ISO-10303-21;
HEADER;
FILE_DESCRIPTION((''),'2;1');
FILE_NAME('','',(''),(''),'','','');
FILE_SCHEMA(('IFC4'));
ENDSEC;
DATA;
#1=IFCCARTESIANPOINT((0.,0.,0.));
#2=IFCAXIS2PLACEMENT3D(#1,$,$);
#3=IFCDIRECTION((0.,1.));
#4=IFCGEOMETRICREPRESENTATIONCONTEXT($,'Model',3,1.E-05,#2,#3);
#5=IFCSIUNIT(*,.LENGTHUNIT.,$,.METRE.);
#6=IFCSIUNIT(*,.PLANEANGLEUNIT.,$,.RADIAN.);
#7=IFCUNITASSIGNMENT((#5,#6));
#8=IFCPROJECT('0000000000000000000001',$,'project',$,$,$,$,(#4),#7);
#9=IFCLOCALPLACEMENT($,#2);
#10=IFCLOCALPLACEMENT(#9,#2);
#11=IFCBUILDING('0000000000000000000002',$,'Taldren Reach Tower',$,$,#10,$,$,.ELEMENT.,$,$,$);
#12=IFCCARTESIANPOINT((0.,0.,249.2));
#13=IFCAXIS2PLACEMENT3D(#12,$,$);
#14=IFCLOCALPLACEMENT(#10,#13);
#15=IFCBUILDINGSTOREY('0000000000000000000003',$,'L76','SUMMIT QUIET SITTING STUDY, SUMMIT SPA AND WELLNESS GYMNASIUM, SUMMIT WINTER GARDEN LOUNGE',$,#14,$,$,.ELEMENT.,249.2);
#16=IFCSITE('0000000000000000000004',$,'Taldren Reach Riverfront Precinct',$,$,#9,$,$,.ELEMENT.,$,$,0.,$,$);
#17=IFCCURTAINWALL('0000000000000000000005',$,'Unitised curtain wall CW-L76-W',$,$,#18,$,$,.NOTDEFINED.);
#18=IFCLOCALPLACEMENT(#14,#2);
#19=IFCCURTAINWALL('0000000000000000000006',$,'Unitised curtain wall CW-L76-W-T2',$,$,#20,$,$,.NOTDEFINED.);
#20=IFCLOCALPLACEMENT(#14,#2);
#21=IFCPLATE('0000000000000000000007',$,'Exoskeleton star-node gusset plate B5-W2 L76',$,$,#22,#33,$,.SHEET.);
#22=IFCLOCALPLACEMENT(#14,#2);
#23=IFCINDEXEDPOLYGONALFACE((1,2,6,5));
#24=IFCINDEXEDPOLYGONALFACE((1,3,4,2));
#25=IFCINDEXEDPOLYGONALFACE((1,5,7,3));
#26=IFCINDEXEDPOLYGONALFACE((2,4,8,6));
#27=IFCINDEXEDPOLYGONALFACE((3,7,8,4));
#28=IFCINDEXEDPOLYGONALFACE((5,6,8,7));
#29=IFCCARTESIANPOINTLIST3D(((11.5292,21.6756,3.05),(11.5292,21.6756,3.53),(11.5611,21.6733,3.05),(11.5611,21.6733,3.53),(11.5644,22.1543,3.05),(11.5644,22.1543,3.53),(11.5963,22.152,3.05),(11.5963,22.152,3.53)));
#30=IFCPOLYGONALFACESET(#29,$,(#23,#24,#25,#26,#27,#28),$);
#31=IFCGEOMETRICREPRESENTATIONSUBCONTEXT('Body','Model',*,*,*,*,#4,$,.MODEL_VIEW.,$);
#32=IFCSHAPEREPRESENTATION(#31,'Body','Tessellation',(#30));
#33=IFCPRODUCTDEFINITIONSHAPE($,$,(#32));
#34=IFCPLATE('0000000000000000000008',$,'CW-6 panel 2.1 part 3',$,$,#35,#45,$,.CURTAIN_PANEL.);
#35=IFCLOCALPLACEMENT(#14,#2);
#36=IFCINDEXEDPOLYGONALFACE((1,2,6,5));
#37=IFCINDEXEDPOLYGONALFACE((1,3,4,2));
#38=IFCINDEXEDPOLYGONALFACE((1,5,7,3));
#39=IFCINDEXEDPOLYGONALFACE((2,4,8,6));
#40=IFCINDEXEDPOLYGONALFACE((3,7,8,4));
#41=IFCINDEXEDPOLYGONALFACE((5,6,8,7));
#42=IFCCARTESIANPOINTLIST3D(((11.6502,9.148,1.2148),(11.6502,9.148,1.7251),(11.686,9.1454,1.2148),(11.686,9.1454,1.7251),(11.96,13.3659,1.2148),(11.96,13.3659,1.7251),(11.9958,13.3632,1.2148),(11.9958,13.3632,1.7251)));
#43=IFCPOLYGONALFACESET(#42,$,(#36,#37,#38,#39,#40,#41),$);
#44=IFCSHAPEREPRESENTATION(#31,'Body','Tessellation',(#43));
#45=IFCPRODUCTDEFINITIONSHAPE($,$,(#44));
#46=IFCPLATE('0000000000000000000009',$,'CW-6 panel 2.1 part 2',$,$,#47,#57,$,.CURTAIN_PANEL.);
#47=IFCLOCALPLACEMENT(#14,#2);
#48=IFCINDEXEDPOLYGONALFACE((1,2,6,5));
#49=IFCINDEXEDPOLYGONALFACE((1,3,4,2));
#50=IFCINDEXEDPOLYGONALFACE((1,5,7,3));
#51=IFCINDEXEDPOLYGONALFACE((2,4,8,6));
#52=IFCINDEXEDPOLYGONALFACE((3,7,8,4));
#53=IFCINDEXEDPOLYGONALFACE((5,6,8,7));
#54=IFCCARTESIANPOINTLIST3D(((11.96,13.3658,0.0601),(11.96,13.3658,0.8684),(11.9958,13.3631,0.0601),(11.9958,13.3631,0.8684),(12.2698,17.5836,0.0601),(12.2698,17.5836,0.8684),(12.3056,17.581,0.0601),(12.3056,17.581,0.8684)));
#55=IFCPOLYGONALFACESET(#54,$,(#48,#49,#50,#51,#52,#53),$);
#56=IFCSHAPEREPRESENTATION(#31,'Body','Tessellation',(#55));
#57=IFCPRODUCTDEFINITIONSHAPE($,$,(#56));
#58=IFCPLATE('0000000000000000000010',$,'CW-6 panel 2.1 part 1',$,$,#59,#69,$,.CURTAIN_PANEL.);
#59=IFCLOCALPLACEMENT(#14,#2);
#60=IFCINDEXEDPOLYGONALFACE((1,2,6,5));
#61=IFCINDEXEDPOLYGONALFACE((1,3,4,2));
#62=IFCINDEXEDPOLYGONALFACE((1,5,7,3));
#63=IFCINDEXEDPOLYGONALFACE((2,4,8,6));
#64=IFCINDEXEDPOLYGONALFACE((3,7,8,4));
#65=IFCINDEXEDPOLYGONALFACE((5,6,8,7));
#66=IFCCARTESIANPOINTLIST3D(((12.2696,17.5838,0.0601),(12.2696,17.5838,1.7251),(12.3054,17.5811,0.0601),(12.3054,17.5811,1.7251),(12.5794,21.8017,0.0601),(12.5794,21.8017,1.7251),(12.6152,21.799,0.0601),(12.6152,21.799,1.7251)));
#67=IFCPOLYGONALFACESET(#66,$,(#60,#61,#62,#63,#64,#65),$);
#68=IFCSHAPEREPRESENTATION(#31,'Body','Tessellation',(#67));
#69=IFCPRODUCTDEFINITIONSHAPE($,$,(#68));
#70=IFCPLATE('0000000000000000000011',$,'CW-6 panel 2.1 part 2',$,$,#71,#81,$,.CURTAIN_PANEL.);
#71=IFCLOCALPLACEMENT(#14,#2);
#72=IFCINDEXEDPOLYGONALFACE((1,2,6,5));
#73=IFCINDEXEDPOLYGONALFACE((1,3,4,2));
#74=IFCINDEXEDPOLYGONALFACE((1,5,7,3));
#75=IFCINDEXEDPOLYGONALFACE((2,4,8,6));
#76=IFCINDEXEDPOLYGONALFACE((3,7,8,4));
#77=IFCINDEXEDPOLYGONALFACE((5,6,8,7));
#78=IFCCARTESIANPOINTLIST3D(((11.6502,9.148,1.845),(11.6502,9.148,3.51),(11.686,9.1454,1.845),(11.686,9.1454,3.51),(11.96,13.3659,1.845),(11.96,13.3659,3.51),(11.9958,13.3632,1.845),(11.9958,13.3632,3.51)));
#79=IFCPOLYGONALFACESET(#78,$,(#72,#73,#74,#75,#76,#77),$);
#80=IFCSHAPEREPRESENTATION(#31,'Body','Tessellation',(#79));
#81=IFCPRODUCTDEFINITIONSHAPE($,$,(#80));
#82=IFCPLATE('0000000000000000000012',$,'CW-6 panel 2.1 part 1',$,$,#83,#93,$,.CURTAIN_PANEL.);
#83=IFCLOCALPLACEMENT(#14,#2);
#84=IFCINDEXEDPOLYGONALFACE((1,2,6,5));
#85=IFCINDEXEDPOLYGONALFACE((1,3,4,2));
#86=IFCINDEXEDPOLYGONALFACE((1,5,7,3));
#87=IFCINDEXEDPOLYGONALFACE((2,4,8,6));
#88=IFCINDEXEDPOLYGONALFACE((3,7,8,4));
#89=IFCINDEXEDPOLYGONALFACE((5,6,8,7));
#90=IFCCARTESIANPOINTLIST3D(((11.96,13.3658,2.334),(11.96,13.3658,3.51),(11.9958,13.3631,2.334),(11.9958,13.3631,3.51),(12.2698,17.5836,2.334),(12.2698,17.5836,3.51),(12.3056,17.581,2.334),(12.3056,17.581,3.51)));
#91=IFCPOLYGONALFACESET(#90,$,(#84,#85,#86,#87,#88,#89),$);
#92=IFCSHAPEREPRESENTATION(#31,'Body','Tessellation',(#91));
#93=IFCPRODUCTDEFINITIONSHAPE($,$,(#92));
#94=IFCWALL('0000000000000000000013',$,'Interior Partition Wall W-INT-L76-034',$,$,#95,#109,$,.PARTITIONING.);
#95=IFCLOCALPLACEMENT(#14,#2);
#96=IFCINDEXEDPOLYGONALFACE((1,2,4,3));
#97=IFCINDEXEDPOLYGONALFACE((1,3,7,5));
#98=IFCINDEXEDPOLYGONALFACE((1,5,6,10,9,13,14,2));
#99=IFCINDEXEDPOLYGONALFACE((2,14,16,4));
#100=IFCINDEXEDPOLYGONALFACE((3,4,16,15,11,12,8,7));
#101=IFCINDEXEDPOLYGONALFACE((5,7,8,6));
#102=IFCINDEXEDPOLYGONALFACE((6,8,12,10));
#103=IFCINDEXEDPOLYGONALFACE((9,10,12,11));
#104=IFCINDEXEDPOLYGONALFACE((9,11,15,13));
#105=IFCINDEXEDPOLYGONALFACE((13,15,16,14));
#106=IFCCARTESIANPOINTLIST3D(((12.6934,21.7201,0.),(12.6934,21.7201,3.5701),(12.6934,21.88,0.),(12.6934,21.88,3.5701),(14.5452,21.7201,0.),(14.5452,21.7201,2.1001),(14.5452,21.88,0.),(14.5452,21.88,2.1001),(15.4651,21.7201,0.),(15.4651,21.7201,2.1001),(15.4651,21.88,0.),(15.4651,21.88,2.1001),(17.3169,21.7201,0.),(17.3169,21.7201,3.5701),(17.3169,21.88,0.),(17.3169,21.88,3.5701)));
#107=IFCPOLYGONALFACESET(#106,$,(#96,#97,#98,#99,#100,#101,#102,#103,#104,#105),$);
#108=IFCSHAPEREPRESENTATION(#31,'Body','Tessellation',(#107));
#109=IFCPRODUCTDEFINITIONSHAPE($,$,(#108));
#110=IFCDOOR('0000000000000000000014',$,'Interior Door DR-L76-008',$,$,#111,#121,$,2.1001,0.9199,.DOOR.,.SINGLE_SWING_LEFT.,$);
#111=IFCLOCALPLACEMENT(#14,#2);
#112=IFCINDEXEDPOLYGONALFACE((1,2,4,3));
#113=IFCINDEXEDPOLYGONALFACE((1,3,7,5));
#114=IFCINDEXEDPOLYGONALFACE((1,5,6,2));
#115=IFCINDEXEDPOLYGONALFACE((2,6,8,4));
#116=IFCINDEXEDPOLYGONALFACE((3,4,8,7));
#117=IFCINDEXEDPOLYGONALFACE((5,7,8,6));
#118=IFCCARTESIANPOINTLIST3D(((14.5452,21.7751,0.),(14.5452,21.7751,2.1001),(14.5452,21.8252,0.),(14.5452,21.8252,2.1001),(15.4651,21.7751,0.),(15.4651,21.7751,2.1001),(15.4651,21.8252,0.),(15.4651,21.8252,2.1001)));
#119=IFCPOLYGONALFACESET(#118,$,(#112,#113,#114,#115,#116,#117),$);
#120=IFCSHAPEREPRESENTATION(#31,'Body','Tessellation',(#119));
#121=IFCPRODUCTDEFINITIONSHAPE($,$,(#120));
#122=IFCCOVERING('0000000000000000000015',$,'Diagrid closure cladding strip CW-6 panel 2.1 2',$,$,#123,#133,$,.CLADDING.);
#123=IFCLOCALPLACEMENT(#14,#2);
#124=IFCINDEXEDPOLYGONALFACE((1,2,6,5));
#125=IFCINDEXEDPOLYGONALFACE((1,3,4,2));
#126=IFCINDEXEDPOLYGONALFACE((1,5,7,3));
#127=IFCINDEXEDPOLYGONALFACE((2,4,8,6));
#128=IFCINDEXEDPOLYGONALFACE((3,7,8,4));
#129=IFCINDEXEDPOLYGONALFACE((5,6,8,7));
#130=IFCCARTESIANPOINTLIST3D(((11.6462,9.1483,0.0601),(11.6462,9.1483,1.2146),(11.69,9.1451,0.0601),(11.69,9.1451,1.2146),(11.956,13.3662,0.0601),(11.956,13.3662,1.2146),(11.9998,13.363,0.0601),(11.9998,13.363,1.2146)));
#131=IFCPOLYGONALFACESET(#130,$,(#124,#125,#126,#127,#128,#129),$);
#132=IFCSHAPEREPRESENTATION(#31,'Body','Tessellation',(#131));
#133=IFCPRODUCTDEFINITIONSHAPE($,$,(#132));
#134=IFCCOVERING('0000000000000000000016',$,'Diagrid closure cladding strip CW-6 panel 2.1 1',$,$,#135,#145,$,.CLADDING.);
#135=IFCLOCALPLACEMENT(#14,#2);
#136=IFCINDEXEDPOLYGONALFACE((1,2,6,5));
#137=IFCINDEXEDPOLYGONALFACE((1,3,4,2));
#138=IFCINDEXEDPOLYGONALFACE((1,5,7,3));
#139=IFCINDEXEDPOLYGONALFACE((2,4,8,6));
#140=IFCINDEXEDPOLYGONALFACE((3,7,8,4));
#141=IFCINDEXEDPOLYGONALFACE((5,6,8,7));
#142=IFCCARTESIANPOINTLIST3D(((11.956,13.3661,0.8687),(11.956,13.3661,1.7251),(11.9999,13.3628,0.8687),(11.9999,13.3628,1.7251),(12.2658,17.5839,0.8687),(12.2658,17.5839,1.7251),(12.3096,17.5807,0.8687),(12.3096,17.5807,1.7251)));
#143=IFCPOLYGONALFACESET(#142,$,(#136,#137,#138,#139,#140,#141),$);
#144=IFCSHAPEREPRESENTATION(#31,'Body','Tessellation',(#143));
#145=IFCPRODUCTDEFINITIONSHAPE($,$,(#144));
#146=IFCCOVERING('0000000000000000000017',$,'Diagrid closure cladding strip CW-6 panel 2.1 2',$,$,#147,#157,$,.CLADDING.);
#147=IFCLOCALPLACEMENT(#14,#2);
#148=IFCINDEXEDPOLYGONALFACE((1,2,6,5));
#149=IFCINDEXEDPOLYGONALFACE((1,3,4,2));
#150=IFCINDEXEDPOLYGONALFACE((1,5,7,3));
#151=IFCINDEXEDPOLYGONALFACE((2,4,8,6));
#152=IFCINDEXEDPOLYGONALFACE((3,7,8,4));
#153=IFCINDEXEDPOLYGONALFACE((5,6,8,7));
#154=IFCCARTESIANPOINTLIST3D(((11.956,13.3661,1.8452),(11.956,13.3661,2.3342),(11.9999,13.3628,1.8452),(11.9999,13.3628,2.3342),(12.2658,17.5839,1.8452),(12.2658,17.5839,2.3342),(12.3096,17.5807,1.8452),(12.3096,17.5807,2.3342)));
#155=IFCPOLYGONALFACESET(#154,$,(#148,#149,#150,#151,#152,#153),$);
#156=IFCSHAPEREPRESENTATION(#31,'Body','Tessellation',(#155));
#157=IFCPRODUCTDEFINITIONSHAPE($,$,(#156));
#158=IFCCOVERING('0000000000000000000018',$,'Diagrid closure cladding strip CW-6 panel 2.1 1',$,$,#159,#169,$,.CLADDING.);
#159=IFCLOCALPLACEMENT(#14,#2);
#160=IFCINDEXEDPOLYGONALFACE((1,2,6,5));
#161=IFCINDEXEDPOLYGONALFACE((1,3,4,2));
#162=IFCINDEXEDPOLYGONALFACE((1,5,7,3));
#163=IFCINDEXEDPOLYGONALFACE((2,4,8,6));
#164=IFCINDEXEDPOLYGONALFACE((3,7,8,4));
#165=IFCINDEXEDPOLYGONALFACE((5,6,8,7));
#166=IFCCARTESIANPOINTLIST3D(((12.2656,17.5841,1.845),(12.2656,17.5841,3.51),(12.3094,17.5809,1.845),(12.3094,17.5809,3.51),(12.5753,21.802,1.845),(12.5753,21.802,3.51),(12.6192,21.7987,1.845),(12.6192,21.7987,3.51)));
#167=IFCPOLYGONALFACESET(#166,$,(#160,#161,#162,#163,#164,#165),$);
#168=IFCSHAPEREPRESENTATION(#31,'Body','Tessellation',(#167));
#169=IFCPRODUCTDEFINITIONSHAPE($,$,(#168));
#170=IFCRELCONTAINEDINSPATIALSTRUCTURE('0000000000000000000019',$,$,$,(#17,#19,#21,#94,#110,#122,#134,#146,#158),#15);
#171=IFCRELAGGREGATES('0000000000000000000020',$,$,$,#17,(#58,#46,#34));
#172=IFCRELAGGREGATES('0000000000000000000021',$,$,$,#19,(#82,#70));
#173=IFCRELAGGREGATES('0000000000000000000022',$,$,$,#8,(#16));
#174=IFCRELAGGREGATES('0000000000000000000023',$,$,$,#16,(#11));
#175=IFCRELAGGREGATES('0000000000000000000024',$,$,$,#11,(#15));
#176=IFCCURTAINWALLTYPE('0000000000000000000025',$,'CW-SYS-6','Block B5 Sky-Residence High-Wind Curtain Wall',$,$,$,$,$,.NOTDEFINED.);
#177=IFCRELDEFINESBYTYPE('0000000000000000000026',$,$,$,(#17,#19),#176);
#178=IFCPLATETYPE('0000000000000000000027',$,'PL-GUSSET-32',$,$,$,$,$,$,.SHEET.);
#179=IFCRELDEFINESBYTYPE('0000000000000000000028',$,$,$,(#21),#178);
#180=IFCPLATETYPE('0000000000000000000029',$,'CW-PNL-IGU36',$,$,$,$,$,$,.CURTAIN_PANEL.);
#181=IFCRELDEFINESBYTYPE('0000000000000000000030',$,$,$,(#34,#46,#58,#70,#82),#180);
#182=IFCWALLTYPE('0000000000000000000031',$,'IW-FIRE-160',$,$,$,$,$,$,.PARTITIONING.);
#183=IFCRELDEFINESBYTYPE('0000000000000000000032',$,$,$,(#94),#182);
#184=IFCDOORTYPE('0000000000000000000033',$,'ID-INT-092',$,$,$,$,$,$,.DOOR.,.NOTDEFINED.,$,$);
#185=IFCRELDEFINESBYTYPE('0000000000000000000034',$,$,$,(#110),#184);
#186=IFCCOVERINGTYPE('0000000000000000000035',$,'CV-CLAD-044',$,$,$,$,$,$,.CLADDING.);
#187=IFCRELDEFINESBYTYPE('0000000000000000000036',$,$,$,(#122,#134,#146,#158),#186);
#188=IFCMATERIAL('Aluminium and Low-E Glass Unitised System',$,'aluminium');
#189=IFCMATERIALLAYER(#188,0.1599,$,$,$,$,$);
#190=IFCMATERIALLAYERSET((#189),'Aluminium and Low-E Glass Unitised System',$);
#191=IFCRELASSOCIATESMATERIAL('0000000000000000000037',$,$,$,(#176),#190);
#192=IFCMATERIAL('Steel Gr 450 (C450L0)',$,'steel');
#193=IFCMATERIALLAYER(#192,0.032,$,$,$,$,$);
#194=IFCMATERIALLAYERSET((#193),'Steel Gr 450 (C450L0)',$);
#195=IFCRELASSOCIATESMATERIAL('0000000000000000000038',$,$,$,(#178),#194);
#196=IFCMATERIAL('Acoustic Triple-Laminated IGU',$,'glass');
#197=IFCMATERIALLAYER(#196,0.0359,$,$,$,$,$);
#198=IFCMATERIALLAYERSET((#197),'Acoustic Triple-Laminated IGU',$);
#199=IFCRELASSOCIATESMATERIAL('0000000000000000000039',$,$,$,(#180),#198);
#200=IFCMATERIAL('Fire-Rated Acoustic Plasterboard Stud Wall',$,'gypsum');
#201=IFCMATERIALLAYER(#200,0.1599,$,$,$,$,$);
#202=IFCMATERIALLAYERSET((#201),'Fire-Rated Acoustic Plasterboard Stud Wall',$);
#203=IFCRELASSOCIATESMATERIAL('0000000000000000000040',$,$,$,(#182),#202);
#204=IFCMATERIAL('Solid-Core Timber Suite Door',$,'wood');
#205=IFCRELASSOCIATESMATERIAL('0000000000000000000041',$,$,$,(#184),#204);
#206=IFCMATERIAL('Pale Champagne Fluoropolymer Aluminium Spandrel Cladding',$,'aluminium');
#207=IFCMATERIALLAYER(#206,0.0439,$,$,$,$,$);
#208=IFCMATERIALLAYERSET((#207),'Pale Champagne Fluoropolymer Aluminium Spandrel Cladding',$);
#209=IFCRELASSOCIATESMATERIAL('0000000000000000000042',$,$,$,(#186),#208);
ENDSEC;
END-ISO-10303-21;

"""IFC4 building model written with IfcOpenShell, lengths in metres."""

from ifc_helpers import new_model, si_unit, direction, frame, frame_2d, origin, origin_2d, place, context, subcontext, project, spatial, rectangle, extrude, source, transform, mapped, material, layer, layer_set, type_object, element, fill, aggregate, save


model = new_model("IFC4")

# Units and contexts
model_context = context("Model", 3, precision=1e-05, world=origin(), true_north=direction((0.0, 1.0)))
body_context = subcontext(model_context, "Body", "Model", "MODEL_VIEW")
ifc_project = project(units=[si_unit("LENGTHUNIT", "METRE"), si_unit("PLANEANGLEUNIT", "RADIAN")], contexts=[model_context])

# Site, building, storey
site_placement = place(None, origin())
site = spatial("IfcSite", under=ifc_project, at=site_placement, Name="Taldren Reach Riverfront Precinct", CompositionType="ELEMENT", RefElevation=0.0)
building_placement = place(site_placement, origin())
building = spatial("IfcBuilding", under=site, at=building_placement, Name="Taldren Reach Tower", CompositionType="ELEMENT")
storey_placement = place(building_placement, frame((0.0, 0.0, 249.2)))
storey = spatial("IfcBuildingStorey", under=building, at=storey_placement, Name="L76", Description="SUMMIT QUIET SITTING STUDY, SUMMIT SPA AND WELLNESS GYMNASIUM, SUMMIT WINTER GARDEN LOUNGE", CompositionType="ELEMENT", Elevation=249.2)

# Shared definitions
ifc_material_1 = material(Name="Steel Gr 450 (C450L0)", Category="steel")

# Curtain walls
ifc_material_2 = material(Name="Aluminium and Low-E Glass Unitised System", Category="aluminium")
ifc_layer_1 = layer(ifc_material_2, 0.1599)
ifc_layer_set_1 = layer_set([ifc_layer_1], Name="Aluminium and Low-E Glass Unitised System")
curtain_wall_type = type_object("IfcCurtainWallType", Name="CW-SYS-6", Description="Block B5 Sky-Residence High-Wind Curtain Wall", PredefinedType="NOTDEFINED", material=ifc_layer_set_1)
curtain_wall_1_placement = place(storey_placement, origin())
curtain_wall_1 = element("IfcCurtainWall", 1, at=curtain_wall_1_placement, inside=storey, type_object=curtain_wall_type, Name="Unitised curtain wall CW-L76-W", PredefinedType="NOTDEFINED")
curtain_wall_2_placement = place(storey_placement, origin())
curtain_wall_2 = element("IfcCurtainWall", 2, at=curtain_wall_2_placement, inside=storey, type_object=curtain_wall_type, Name="Unitised curtain wall CW-L76-W-T2", PredefinedType="NOTDEFINED")

# Plate
ifc_layer_2 = layer(ifc_material_1, 0.032)
ifc_layer_set_2 = layer_set([ifc_layer_2], Name="Steel Gr 450 (C450L0)")
plate_type_1 = type_object("IfcPlateType", Name="PL-GUSSET-32", PredefinedType="SHEET", material=ifc_layer_set_2)
shared_shape_1 = source(origin(), body_context, "Body", "SweptSolid", [
    extrude(rectangle(XDim=0.48, YDim=0.032, at=origin_2d()), origin(), (0.0, 0.0, 1.0), 0.48),
])
for number, where, z_axis, x_axis, name in (
    (3, (11.5627, 21.9138, 3.05), (0.0, 0.0, 1.0), (0.073238, 0.997314, 0.0), "Exoskeleton star-node gusset plate B5-W2 L76"),
):
    element("IfcPlate", number, at=place(storey_placement, frame(where, z_axis=z_axis, x_axis=x_axis)), inside=storey, type_object=plate_type_1, Name=name, PredefinedType="SHEET", context=body_context, shape_type="MappedRepresentation", body=[
        mapped(shared_shape_1, transform((0.0, 0.0, 0.0), scale=1.0)),
    ])

# Plates
ifc_material_3 = material(Name="Acoustic Triple-Laminated IGU", Category="glass")
ifc_layer_3 = layer(ifc_material_3, 0.0359)
ifc_layer_set_3 = layer_set([ifc_layer_3], Name="Acoustic Triple-Laminated IGU")
plate_type_2 = type_object("IfcPlateType", Name="CW-PNL-IGU36", PredefinedType="CURTAIN_PANEL", material=ifc_layer_set_3)
shared_shape_2 = source(origin(), body_context, "Body", "SweptSolid", [
    extrude(rectangle(XDim=4.2292, YDim=0.0359, at=origin_2d()), origin(), (0.0, 0.0, 1.0), 0.5103),
])
plate_1_placement = place(storey_placement, frame((11.823, 11.2556, 1.2148), z_axis=(0.0, 0.0, 1.0), x_axis=(-0.073238, -0.997314, 0.0)))
plate_1 = element("IfcPlate", 4, at=plate_1_placement, type_object=plate_type_2, Name="CW-6 panel 2.1 part 3", PredefinedType="CURTAIN_PANEL", context=body_context, shape_type="MappedRepresentation", body=[
    mapped(shared_shape_2, transform((0.0, 0.0, 0.0), scale=1.0)),
])
shared_shape_3 = source(origin(), body_context, "Body", "SweptSolid", [
    extrude(rectangle(XDim=4.2292, YDim=0.0359, at=origin_2d()), origin(), (0.0, 0.0, 1.0), 0.8083),
])
plate_2_placement = place(storey_placement, frame((12.1328, 15.4734, 0.0601), z_axis=(0.0, 0.0, 1.0), x_axis=(-0.073238, -0.997314, 0.0)))
plate_2 = element("IfcPlate", 5, at=plate_2_placement, type_object=plate_type_2, Name="CW-6 panel 2.1 part 2", PredefinedType="CURTAIN_PANEL", context=body_context, shape_type="MappedRepresentation", body=[
    mapped(shared_shape_3, transform((0.0, 0.0, 0.0), scale=1.0)),
])
shared_shape_4 = source(origin(), body_context, "Body", "SweptSolid", [
    extrude(rectangle(XDim=4.2292, YDim=0.0359, at=origin_2d()), origin(), (0.0, 0.0, 1.0), 1.665),
])
plate_3_placement = place(storey_placement, frame((12.4424, 19.6914, 0.0601), z_axis=(0.0, 0.0, 1.0), x_axis=(-0.073238, -0.997314, 0.0)))
plate_3 = element("IfcPlate", 6, at=plate_3_placement, type_object=plate_type_2, Name="CW-6 panel 2.1 part 1", PredefinedType="CURTAIN_PANEL", context=body_context, shape_type="MappedRepresentation", body=[
    mapped(shared_shape_4, transform((0.0, 0.0, 0.0), scale=1.0)),
])
aggregate(curtain_wall_1, [plate_3, plate_2, plate_1])
plate_4_placement = place(storey_placement, frame((11.823, 11.2556, 1.845), z_axis=(0.0, 0.0, 1.0), x_axis=(-0.073238, -0.997314, 0.0)))
plate_4 = element("IfcPlate", 7, at=plate_4_placement, type_object=plate_type_2, Name="CW-6 panel 2.1 part 2", PredefinedType="CURTAIN_PANEL", context=body_context, shape_type="MappedRepresentation", body=[
    mapped(shared_shape_4, transform((0.0, 0.0, 0.0), scale=1.0)),
])
shared_shape_5 = source(origin(), body_context, "Body", "SweptSolid", [
    extrude(rectangle(XDim=4.2292, YDim=0.0359, at=origin_2d()), origin(), (0.0, 0.0, 1.0), 1.176),
])
plate_5_placement = place(storey_placement, frame((12.1328, 15.4734, 2.334), z_axis=(0.0, 0.0, 1.0), x_axis=(-0.073238, -0.997314, 0.0)))
plate_5 = element("IfcPlate", 8, at=plate_5_placement, type_object=plate_type_2, Name="CW-6 panel 2.1 part 1", PredefinedType="CURTAIN_PANEL", context=body_context, shape_type="MappedRepresentation", body=[
    mapped(shared_shape_5, transform((0.0, 0.0, 0.0), scale=1.0)),
])
aggregate(curtain_wall_2, [plate_5, plate_4])

# Wall, opening, door
ifc_material_4 = material(Name="Fire-Rated Acoustic Plasterboard Stud Wall", Category="gypsum")
ifc_layer_4 = layer(ifc_material_4, 0.1599)
ifc_layer_set_4 = layer_set([ifc_layer_4], Name="Fire-Rated Acoustic Plasterboard Stud Wall")
wall_type = type_object("IfcWallType", Name="IW-FIRE-160", PredefinedType="PARTITIONING", material=ifc_layer_set_4)
shared_shape_6 = source(origin(), body_context, "Body", "SweptSolid", [
    extrude(rectangle(XDim=4.6235, YDim=0.1599, at=frame_2d((2.3118, 0.0))), origin(), (0.0, 0.0, 1.0), 3.5701),
])
wall_placement = place(storey_placement, frame((17.3169, 21.8, 0.0), z_axis=(0.0, 0.0, 1.0), x_axis=(-1.0, 0.0, 0.0)))
wall = element("IfcWall", 9, at=wall_placement, inside=storey, type_object=wall_type, Name="Interior Partition Wall W-INT-L76-034", PredefinedType="PARTITIONING", context=body_context, shape_type="MappedRepresentation", body=[
    mapped(shared_shape_6, transform((0.0, 0.0, 0.0), scale=1.0)),
])
shared_shape_7 = source(origin(), body_context, "Body", "SweptSolid", [
    extrude(rectangle(XDim=0.9199, YDim=2.1001, at=frame_2d((0.46, 1.05))), frame((0.0, 0.0898, 0.0), z_axis=(0.0, -1.0, 0.0), x_axis=(1.0, 0.0, 0.0)), (0.0, 0.0, 1.0), 0.1799),
])
opening_placement = place(wall_placement, frame((1.8518, 0.0, 0.0)))
opening = element("IfcOpeningElement", 10, at=opening_placement, cuts=wall, PredefinedType="OPENING", context=body_context, shape_type="MappedRepresentation", body=[
    mapped(shared_shape_7, transform((0.0, 0.0, 0.0), scale=1.0)),
])
ifc_material_5 = material(Name="Solid-Core Timber Suite Door", Category="wood")
door_type = type_object("IfcDoorType", Name="ID-INT-092", OperationType="NOTDEFINED", PredefinedType="DOOR", material=ifc_material_5)
shared_shape_8 = source(origin(), body_context, "Body", "SweptSolid", [
    extrude(rectangle(XDim=0.9199, YDim=2.1001, at=frame_2d((0.46, 1.05))), frame((0.0, 0.0249, 0.0), z_axis=(0.0, -1.0, 0.0), x_axis=(1.0, 0.0, 0.0)), (0.0, 0.0, 1.0), 0.05),
])
door_placement = place(opening_placement, origin())
door = element("IfcDoor", 11, at=door_placement, inside=storey, type_object=door_type, Name="Interior Door DR-L76-008", OperationType="SINGLE_SWING_LEFT", OverallHeight=2.1001, OverallWidth=0.9199, PredefinedType="DOOR", context=body_context, shape_type="MappedRepresentation", body=[
    mapped(shared_shape_8, transform((0.0, 0.0, 0.0), scale=1.0)),
])
fill(opening, door)

# Coverings
ifc_material_6 = material(Name="Pale Champagne Fluoropolymer Aluminium Spandrel Cladding", Category="aluminium")
ifc_layer_5 = layer(ifc_material_6, 0.0439)
ifc_layer_set_5 = layer_set([ifc_layer_5], Name="Pale Champagne Fluoropolymer Aluminium Spandrel Cladding")
covering_type = type_object("IfcCoveringType", Name="CV-CLAD-044", PredefinedType="CLADDING", material=ifc_layer_set_5)
shared_shape_9 = source(origin(), body_context, "Body", "SweptSolid", [
    extrude(rectangle(XDim=4.2292, YDim=0.0439, at=origin_2d()), origin(), (0.0, 0.0, 1.0), 1.1545),
])
covering_1_placement = place(storey_placement, frame((11.823, 11.2556, 0.0601), z_axis=(0.0, 0.0, 1.0), x_axis=(-0.073238, -0.997314, 0.0)))
element("IfcCovering", 12, at=covering_1_placement, inside=storey, type_object=covering_type, Name="Diagrid closure cladding strip CW-6 panel 2.1 2", PredefinedType="CLADDING", context=body_context, shape_type="MappedRepresentation", body=[
    mapped(shared_shape_9, transform((0.0, 0.0, 0.0), scale=1.0)),
])
shared_shape_10 = source(origin(), body_context, "Body", "SweptSolid", [
    extrude(rectangle(XDim=4.2292, YDim=0.0439, at=origin_2d()), origin(), (0.0, 0.0, 1.0), 0.8564),
])
covering_2_placement = place(storey_placement, frame((12.1328, 15.4734, 0.8687), z_axis=(0.0, 0.0, 1.0), x_axis=(-0.073238, -0.997314, 0.0)))
element("IfcCovering", 13, at=covering_2_placement, inside=storey, type_object=covering_type, Name="Diagrid closure cladding strip CW-6 panel 2.1 1", PredefinedType="CLADDING", context=body_context, shape_type="MappedRepresentation", body=[
    mapped(shared_shape_10, transform((0.0, 0.0, 0.0), scale=1.0)),
])
shared_shape_11 = source(origin(), body_context, "Body", "SweptSolid", [
    extrude(rectangle(XDim=4.2292, YDim=0.0439, at=origin_2d()), origin(), (0.0, 0.0, 1.0), 0.489),
])
covering_3_placement = place(storey_placement, frame((12.1328, 15.4734, 1.8452), z_axis=(0.0, 0.0, 1.0), x_axis=(-0.073238, -0.997314, 0.0)))
element("IfcCovering", 14, at=covering_3_placement, inside=storey, type_object=covering_type, Name="Diagrid closure cladding strip CW-6 panel 2.1 2", PredefinedType="CLADDING", context=body_context, shape_type="MappedRepresentation", body=[
    mapped(shared_shape_11, transform((0.0, 0.0, 0.0), scale=1.0)),
])
shared_shape_12 = source(origin(), body_context, "Body", "SweptSolid", [
    extrude(rectangle(XDim=4.2292, YDim=0.0439, at=origin_2d()), origin(), (0.0, 0.0, 1.0), 1.665),
])
covering_4_placement = place(storey_placement, frame((12.4424, 19.6914, 1.845), z_axis=(0.0, 0.0, 1.0), x_axis=(-0.073238, -0.997314, 0.0)))
element("IfcCovering", 15, at=covering_4_placement, inside=storey, type_object=covering_type, Name="Diagrid closure cladding strip CW-6 panel 2.1 1", PredefinedType="CLADDING", context=body_context, shape_type="MappedRepresentation", body=[
    mapped(shared_shape_12, transform((0.0, 0.0, 0.0), scale=1.0)),
])

save(model, "model.ifc")
